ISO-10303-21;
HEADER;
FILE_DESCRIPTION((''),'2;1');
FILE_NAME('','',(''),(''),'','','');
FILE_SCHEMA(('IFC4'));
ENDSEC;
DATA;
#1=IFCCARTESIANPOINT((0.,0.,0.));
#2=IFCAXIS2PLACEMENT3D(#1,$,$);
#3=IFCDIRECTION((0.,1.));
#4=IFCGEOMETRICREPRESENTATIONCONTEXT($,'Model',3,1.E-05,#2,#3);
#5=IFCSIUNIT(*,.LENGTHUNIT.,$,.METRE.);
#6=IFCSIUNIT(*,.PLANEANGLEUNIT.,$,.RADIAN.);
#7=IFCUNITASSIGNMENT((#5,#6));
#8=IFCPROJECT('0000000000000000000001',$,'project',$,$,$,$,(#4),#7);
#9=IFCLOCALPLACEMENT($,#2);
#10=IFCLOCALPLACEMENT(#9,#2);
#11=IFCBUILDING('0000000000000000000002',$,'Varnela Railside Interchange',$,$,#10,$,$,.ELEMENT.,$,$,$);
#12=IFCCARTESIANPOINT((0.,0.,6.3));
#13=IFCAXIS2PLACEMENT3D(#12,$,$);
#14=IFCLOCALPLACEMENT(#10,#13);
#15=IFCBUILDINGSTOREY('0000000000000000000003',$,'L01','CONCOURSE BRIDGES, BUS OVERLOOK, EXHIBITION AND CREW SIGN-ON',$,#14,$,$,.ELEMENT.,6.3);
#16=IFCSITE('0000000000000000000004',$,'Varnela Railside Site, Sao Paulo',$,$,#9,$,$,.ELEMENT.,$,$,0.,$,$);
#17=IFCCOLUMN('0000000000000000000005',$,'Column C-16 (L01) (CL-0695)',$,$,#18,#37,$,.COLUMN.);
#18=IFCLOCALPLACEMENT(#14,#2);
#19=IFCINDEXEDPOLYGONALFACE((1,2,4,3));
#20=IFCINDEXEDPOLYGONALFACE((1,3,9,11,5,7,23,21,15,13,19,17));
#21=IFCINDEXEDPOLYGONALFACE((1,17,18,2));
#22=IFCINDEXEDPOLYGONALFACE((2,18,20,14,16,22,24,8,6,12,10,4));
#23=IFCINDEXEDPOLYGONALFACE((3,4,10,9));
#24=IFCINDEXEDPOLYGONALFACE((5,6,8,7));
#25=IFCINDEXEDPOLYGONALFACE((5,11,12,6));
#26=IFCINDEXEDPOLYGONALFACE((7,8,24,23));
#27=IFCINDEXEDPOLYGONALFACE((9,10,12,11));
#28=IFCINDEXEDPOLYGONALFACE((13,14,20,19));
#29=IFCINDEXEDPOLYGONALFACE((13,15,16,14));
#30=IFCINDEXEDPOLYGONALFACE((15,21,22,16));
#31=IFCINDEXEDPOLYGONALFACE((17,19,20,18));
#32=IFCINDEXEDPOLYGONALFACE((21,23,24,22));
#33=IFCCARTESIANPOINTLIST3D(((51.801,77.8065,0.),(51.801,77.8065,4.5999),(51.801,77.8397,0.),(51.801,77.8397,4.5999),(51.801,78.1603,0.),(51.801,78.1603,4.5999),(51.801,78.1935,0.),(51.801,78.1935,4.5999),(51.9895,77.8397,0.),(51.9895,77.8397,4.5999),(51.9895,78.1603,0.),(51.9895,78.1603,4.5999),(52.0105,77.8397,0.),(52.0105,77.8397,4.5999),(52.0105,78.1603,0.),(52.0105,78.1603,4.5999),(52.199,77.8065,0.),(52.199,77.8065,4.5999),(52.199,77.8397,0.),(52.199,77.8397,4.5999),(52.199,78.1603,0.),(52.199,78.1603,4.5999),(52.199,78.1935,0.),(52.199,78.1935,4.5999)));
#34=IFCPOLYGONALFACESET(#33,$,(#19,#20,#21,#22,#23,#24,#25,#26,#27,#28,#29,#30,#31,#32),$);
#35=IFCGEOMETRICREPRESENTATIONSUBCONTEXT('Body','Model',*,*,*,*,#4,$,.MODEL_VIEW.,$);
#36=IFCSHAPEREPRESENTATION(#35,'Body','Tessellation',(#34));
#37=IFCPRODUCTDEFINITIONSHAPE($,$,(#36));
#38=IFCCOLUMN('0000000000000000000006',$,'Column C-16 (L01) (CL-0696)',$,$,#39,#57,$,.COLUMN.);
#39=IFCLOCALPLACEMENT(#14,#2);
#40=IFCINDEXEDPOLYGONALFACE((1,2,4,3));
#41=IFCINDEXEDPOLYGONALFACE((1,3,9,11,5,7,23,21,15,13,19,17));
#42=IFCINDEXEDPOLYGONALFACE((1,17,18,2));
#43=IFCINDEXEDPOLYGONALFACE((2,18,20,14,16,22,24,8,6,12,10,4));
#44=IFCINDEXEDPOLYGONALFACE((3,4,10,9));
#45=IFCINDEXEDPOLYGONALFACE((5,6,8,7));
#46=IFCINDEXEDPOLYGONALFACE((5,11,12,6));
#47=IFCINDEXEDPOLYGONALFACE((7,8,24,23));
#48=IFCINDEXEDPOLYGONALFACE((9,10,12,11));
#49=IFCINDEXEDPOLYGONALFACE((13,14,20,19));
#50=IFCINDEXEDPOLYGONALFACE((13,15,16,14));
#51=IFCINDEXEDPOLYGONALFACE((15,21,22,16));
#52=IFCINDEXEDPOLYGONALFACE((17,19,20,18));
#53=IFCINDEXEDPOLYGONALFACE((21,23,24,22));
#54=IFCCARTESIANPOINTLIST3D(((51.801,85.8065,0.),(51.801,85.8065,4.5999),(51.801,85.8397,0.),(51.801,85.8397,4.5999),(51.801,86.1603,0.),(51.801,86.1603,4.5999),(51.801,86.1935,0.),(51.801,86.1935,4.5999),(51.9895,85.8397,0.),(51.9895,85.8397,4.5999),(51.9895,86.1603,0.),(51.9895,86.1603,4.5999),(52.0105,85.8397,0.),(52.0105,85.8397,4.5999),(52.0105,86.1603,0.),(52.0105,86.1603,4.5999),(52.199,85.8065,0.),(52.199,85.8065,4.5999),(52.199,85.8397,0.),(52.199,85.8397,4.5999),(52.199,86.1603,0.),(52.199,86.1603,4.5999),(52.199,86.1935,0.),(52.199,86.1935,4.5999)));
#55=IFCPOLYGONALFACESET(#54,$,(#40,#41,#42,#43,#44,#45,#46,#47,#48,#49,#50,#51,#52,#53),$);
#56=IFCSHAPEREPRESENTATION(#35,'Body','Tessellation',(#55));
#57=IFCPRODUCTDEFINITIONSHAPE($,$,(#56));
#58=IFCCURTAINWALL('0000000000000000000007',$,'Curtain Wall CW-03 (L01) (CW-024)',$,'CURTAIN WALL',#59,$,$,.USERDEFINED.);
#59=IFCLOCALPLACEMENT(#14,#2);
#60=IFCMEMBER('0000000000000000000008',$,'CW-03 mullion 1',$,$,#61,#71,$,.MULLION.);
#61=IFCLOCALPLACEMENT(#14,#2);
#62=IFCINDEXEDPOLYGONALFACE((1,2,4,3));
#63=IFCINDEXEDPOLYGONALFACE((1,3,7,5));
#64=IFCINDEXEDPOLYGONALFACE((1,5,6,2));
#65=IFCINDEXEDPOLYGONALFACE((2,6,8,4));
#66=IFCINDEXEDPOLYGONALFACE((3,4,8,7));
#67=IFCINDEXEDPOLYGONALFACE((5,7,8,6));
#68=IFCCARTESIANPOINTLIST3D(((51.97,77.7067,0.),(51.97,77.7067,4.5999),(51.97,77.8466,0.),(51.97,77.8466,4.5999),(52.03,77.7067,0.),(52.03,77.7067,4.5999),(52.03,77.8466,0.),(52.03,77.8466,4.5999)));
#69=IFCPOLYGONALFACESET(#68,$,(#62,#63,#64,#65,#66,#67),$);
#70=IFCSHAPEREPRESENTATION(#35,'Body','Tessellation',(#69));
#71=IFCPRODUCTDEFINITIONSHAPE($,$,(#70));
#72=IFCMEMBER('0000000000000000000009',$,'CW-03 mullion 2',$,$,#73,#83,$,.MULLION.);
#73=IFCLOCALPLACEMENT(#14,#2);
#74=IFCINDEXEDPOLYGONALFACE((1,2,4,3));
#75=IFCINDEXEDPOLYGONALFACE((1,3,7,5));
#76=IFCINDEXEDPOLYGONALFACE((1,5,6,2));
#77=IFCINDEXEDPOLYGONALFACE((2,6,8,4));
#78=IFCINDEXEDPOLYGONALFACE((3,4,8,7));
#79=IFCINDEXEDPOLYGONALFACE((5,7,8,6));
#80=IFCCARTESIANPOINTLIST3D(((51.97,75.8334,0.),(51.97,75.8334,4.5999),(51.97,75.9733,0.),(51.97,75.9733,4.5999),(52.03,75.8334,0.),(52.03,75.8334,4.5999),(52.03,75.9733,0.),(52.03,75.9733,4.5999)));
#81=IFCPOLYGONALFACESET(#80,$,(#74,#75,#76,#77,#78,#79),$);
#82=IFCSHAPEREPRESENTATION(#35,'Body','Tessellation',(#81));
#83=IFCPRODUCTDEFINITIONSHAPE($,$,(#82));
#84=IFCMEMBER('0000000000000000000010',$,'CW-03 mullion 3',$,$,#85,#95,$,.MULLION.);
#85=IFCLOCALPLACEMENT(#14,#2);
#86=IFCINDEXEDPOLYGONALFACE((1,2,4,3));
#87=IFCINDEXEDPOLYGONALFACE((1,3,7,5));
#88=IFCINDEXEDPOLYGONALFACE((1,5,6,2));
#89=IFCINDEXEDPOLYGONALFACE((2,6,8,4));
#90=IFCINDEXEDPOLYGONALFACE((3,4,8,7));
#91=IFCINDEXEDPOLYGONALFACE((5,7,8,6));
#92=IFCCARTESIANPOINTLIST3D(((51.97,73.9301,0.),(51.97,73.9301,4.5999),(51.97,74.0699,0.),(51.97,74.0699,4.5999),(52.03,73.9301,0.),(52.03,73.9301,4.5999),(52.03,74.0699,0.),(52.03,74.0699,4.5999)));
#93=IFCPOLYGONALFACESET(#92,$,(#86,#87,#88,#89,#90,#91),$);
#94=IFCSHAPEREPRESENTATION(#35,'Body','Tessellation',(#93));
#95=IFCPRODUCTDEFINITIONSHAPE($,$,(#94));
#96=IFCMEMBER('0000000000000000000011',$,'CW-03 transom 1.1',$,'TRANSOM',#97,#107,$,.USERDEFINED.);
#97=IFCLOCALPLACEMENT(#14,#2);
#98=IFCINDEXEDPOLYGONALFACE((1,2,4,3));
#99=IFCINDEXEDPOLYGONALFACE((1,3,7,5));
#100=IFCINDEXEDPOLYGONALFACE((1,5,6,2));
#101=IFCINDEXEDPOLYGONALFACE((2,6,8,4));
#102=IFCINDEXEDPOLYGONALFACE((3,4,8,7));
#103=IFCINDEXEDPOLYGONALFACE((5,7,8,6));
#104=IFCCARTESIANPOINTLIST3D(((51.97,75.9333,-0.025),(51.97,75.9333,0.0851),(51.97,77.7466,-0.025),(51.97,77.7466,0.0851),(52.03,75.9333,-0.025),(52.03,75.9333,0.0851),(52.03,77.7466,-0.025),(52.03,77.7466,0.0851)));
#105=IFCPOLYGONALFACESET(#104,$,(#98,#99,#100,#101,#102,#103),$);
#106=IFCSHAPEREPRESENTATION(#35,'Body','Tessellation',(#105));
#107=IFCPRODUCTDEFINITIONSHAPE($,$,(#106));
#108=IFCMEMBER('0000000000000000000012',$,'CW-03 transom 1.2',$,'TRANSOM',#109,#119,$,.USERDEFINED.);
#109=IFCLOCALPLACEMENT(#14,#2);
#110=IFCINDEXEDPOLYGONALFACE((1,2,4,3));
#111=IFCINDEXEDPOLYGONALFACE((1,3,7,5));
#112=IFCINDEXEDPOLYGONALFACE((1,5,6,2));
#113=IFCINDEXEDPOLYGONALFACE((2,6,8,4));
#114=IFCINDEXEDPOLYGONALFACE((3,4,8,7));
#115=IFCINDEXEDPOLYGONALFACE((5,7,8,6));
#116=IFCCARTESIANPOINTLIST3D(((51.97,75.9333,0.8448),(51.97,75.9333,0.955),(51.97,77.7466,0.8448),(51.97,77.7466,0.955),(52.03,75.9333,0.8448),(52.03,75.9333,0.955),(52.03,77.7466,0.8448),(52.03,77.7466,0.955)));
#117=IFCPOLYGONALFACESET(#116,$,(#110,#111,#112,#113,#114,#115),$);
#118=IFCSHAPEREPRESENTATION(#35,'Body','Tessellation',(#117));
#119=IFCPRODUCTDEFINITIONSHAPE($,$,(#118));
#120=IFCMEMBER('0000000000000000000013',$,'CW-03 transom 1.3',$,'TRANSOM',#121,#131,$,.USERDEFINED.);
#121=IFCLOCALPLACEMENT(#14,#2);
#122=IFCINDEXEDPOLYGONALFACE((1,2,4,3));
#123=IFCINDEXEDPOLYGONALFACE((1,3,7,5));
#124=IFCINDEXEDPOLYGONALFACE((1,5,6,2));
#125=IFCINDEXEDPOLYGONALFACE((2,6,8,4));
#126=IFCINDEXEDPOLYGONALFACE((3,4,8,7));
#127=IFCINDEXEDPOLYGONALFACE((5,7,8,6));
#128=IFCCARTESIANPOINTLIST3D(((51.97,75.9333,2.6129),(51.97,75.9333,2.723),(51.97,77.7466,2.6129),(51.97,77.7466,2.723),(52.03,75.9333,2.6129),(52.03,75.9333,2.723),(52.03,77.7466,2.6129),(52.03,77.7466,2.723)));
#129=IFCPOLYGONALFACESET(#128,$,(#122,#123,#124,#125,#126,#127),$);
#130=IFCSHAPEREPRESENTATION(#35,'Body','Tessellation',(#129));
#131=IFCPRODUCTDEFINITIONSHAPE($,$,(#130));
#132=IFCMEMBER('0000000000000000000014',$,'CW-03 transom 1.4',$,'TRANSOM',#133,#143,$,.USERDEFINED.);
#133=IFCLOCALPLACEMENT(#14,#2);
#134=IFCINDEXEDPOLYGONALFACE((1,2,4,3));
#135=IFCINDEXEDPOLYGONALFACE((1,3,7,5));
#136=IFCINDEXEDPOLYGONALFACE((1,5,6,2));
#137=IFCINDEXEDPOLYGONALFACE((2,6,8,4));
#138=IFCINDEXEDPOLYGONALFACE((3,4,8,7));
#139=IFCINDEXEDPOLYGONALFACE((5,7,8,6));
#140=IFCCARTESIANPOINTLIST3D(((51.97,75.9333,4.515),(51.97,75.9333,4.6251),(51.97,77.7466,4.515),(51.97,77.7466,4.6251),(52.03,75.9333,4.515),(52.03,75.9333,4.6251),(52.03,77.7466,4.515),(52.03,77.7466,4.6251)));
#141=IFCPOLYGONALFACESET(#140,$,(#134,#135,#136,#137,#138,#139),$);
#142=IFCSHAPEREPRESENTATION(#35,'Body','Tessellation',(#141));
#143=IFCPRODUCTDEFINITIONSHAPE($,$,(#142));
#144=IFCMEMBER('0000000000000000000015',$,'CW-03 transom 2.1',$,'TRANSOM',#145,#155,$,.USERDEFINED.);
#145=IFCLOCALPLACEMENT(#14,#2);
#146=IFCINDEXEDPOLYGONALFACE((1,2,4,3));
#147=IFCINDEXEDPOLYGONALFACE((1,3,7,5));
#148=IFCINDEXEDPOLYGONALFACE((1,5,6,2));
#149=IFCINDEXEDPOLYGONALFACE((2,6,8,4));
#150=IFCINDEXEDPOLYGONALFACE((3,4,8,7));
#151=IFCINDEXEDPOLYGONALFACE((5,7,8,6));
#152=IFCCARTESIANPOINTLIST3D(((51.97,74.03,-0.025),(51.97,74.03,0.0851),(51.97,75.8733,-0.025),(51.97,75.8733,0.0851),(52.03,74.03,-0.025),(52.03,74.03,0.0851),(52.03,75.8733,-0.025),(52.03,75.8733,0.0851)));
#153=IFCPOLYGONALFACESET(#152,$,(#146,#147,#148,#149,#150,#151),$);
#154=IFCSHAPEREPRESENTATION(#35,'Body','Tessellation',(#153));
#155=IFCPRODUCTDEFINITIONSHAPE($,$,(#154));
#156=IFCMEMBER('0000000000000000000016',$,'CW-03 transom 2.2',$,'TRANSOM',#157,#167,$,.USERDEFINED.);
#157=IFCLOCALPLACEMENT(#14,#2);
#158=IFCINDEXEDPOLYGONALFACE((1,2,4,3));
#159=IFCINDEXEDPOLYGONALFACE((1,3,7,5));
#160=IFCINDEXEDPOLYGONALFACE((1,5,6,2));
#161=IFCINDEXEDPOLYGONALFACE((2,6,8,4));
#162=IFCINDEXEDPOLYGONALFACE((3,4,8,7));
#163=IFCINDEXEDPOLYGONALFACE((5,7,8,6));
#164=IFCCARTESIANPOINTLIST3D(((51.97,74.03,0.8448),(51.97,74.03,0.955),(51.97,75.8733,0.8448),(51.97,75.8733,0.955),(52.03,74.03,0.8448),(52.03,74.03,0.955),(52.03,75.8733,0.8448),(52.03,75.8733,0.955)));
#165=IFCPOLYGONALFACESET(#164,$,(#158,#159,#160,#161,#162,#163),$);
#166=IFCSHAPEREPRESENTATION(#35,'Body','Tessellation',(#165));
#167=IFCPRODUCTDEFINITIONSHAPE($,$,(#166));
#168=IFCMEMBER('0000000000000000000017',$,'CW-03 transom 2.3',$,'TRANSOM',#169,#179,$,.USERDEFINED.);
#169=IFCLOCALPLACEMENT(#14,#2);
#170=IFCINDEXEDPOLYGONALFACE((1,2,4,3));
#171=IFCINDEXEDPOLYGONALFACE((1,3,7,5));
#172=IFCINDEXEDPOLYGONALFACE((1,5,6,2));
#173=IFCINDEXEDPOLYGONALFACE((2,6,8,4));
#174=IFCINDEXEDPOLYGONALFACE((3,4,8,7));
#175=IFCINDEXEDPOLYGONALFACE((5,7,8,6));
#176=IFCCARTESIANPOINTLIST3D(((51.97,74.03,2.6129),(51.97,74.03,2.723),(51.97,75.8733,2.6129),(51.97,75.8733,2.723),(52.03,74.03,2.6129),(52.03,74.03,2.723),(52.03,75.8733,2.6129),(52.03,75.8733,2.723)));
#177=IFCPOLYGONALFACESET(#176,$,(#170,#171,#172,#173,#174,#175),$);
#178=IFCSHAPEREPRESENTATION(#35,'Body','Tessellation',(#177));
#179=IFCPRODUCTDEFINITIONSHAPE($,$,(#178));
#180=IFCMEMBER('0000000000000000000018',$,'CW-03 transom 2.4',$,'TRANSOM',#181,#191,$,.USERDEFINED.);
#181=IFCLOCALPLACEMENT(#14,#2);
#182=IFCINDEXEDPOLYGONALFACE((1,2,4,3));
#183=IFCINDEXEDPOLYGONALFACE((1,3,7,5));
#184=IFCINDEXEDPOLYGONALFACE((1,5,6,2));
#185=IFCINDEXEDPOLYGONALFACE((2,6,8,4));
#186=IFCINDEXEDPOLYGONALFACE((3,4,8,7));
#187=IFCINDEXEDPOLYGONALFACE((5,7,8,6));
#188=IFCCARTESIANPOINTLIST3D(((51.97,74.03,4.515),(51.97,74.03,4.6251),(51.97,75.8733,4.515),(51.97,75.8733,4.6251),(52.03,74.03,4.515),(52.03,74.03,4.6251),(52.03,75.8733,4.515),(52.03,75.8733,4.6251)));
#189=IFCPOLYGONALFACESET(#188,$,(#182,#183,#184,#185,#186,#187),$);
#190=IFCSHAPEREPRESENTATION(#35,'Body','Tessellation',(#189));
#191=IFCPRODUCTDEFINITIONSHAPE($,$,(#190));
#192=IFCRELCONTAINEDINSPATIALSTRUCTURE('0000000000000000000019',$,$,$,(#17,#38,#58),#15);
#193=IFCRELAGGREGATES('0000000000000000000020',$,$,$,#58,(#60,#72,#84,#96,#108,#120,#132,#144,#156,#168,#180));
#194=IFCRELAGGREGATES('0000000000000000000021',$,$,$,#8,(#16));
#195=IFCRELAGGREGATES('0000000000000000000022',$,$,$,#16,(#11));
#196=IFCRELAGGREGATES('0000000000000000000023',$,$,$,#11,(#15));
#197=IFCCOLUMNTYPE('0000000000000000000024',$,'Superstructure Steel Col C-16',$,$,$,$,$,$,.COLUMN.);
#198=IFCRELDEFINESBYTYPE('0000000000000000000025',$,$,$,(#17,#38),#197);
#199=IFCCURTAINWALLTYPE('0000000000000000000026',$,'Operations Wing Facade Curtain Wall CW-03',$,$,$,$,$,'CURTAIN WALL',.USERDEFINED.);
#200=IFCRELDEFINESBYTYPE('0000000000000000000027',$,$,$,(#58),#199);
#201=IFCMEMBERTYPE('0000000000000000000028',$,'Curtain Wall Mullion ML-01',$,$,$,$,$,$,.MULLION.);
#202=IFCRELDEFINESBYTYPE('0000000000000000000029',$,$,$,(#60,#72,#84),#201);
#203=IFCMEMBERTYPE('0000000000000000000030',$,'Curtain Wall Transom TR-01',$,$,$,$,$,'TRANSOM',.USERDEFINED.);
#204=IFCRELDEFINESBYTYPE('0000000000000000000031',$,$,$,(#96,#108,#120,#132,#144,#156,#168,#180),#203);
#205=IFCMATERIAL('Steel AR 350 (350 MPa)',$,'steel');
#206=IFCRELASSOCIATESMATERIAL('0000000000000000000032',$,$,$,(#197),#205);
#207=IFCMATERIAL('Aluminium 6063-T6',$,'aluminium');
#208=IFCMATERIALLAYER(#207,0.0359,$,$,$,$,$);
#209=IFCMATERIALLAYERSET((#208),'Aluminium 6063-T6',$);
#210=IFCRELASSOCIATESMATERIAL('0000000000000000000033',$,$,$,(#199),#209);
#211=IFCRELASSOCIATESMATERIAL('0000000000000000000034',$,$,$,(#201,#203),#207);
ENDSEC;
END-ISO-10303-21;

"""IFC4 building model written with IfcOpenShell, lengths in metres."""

from ifc_helpers import new_model, si_unit, direction, frame, origin, origin_2d, place, context, subcontext, project, spatial, rectangle, i_section, extrude, material, layer, layer_set, material_profile, profile_set, type_object, element, aggregate, save


model = new_model("IFC4")

# Units and contexts
model_context = context("Model", 3, precision=1e-05, world=origin(), true_north=direction((0.0, 1.0)))
body_context = subcontext(model_context, "Body", "Model", "MODEL_VIEW")
ifc_project = project(units=[si_unit("LENGTHUNIT", "METRE"), si_unit("PLANEANGLEUNIT", "RADIAN")], contexts=[model_context])

# Site, building, storey
site_placement = place(None, origin())
site = spatial("IfcSite", under=ifc_project, at=site_placement, Name="Varnela Railside Site, Sao Paulo", CompositionType="ELEMENT", RefElevation=0.0)
building_placement = place(site_placement, origin())
building = spatial("IfcBuilding", under=site, at=building_placement, Name="Varnela Railside Interchange", CompositionType="ELEMENT")
storey_placement = place(building_placement, frame((0.0, 0.0, 6.3)))
storey = spatial("IfcBuildingStorey", under=building, at=storey_placement, Name="L01", Description="CONCOURSE BRIDGES, BUS OVERLOOK, EXHIBITION AND CREW SIGN-ON", CompositionType="ELEMENT", Elevation=6.3)

# Columns
ifc_material_1 = material(Name="Steel AR 350 (350 MPa)", Category="steel")
ifc_material_profile_1 = material_profile(ifc_material_1, i_section(OverallWidth=0.3979, OverallDepth=0.387, WebThickness=0.021, FlangeThickness=0.0332, at=origin_2d()), Name="W360x262")
ifc_profile_set_1 = profile_set([ifc_material_profile_1], Name="Steel AR 350 (350 MPa)")
column_type = type_object("IfcColumnType", Name="Superstructure Steel Col C-16", PredefinedType="COLUMN", material=ifc_profile_set_1)
for number, where, z_axis, x_axis, name in (
    (1, (52.0, 78.0, 0.0), (0.0, 0.0, 1.0), (1.0, 0.0, 0.0), "Column C-16 (L01) (CL-0695)"),
    (2, (52.0, 86.0, 0.0), (0.0, 0.0, 1.0), (1.0, 0.0, 0.0), "Column C-16 (L01) (CL-0696)"),
):
    element("IfcColumn", number, at=place(storey_placement, frame(where, z_axis=z_axis, x_axis=x_axis)), inside=storey, type_object=column_type, Name=name, PredefinedType="COLUMN", context=body_context, shape_type="SweptSolid", body=[
        extrude(i_section(OverallWidth=0.3979, OverallDepth=0.387, WebThickness=0.021, FlangeThickness=0.0332, at=origin_2d()), origin(), (0.0, 0.0, 1.0), 4.5999),
    ])

# Curtain wall, members
ifc_material_2 = material(Name="Aluminium 6063-T6", Category="aluminium")
ifc_layer_1 = layer(ifc_material_2, 0.0359)
ifc_layer_set_1 = layer_set([ifc_layer_1], Name="Aluminium 6063-T6")
curtain_wall_type = type_object("IfcCurtainWallType", Name="Operations Wing Facade Curtain Wall CW-03", ElementType="CURTAIN WALL", PredefinedType="USERDEFINED", material=ifc_layer_set_1)
curtain_wall_placement = place(storey_placement, origin())
curtain_wall = element("IfcCurtainWall", 3, at=curtain_wall_placement, inside=storey, type_object=curtain_wall_type, Name="Curtain Wall CW-03 (L01) (CW-024)", ObjectType="CURTAIN WALL", PredefinedType="USERDEFINED")
ifc_material_profile_2 = material_profile(ifc_material_2, rectangle(XDim=0.0601, YDim=0.1399, at=origin_2d()), Name="ALU 60x140")
ifc_profile_set_2 = profile_set([ifc_material_profile_2], Name="Aluminium 6063-T6")
member_type_1 = type_object("IfcMemberType", Name="Curtain Wall Mullion ML-01", PredefinedType="MULLION", material=ifc_profile_set_2)
member_1_placement = place(storey_placement, frame((52.0, 77.7766, 0.0), z_axis=(0.0, 0.0, 1.0), x_axis=(1.0, 0.0, 0.0)))
member_1 = element("IfcMember", 4, at=member_1_placement, type_object=member_type_1, Name="CW-03 mullion 1", PredefinedType="MULLION", context=body_context, shape_type="SweptSolid", body=[
    extrude(rectangle(XDim=0.0601, YDim=0.1399, at=origin_2d()), origin(), (0.0, 0.0, 1.0), 4.5999),
])
member_2_placement = place(storey_placement, frame((52.0, 75.9033, 0.0), z_axis=(0.0, 0.0, 1.0), x_axis=(1.0, 0.0, 0.0)))
member_2 = element("IfcMember", 5, at=member_2_placement, type_object=member_type_1, Name="CW-03 mullion 2", PredefinedType="MULLION", context=body_context, shape_type="SweptSolid", body=[
    extrude(rectangle(XDim=0.0601, YDim=0.1399, at=origin_2d()), origin(), (0.0, 0.0, 1.0), 4.5999),
])
member_3_placement = place(storey_placement, frame((52.0, 74.0, 0.0), z_axis=(0.0, 0.0, 1.0), x_axis=(1.0, 0.0, 0.0)))
member_3 = element("IfcMember", 6, at=member_3_placement, type_object=member_type_1, Name="CW-03 mullion 3", PredefinedType="MULLION", context=body_context, shape_type="SweptSolid", body=[
    extrude(rectangle(XDim=0.0601, YDim=0.1399, at=origin_2d()), origin(), (0.0, 0.0, 1.0), 4.5999),
])
ifc_material_profile_3 = material_profile(ifc_material_2, rectangle(XDim=0.0601, YDim=0.1101, at=origin_2d()), Name="ALU 60x110")
ifc_profile_set_3 = profile_set([ifc_material_profile_3], Name="Aluminium 6063-T6")
member_type_2 = type_object("IfcMemberType", Name="Curtain Wall Transom TR-01", ElementType="TRANSOM", PredefinedType="USERDEFINED", material=ifc_profile_set_3)
member_4_placement = place(storey_placement, frame((52.0, 77.7466, 0.03), z_axis=(0.0, -1.0, 0.0), x_axis=(1.0, 0.0, 0.0)))
member_4 = element("IfcMember", 7, at=member_4_placement, type_object=member_type_2, Name="CW-03 transom 1.1", ObjectType="TRANSOM", PredefinedType="USERDEFINED", context=body_context, shape_type="SweptSolid", body=[
    extrude(rectangle(XDim=0.0601, YDim=0.1101, at=origin_2d()), origin(), (0.0, 0.0, 1.0), 1.8132),
])
member_5_placement = place(storey_placement, frame((52.0, 77.7466, 0.8999), z_axis=(0.0, -1.0, 0.0), x_axis=(1.0, 0.0, 0.0)))
member_5 = element("IfcMember", 8, at=member_5_placement, type_object=member_type_2, Name="CW-03 transom 1.2", ObjectType="TRANSOM", PredefinedType="USERDEFINED", context=body_context, shape_type="SweptSolid", body=[
    extrude(rectangle(XDim=0.0601, YDim=0.1101, at=origin_2d()), origin(), (0.0, 0.0, 1.0), 1.8132),
])
member_6_placement = place(storey_placement, frame((52.0, 77.7466, 2.668), z_axis=(0.0, -1.0, 0.0), x_axis=(1.0, 0.0, 0.0)))
member_6 = element("IfcMember", 9, at=member_6_placement, type_object=member_type_2, Name="CW-03 transom 1.3", ObjectType="TRANSOM", PredefinedType="USERDEFINED", context=body_context, shape_type="SweptSolid", body=[
    extrude(rectangle(XDim=0.0601, YDim=0.1101, at=origin_2d()), origin(), (0.0, 0.0, 1.0), 1.8132),
])
member_7_placement = place(storey_placement, frame((52.0, 77.7466, 4.5701), z_axis=(0.0, -1.0, 0.0), x_axis=(1.0, 0.0, 0.0)))
member_7 = element("IfcMember", 10, at=member_7_placement, type_object=member_type_2, Name="CW-03 transom 1.4", ObjectType="TRANSOM", PredefinedType="USERDEFINED", context=body_context, shape_type="SweptSolid", body=[
    extrude(rectangle(XDim=0.0601, YDim=0.1101, at=origin_2d()), origin(), (0.0, 0.0, 1.0), 1.8132),
])
member_8_placement = place(storey_placement, frame((52.0, 75.8733, 0.03), z_axis=(0.0, -1.0, 0.0), x_axis=(1.0, 0.0, 0.0)))
member_8 = element("IfcMember", 11, at=member_8_placement, type_object=member_type_2, Name="CW-03 transom 2.1", ObjectType="TRANSOM", PredefinedType="USERDEFINED", context=body_context, shape_type="SweptSolid", body=[
    extrude(rectangle(XDim=0.0601, YDim=0.1101, at=origin_2d()), origin(), (0.0, 0.0, 1.0), 1.8433),
])
member_9_placement = place(storey_placement, frame((52.0, 75.8733, 0.8999), z_axis=(0.0, -1.0, 0.0), x_axis=(1.0, 0.0, 0.0)))
member_9 = element("IfcMember", 12, at=member_9_placement, type_object=member_type_2, Name="CW-03 transom 2.2", ObjectType="TRANSOM", PredefinedType="USERDEFINED", context=body_context, shape_type="SweptSolid", body=[
    extrude(rectangle(XDim=0.0601, YDim=0.1101, at=origin_2d()), origin(), (0.0, 0.0, 1.0), 1.8433),
])
member_10_placement = place(storey_placement, frame((52.0, 75.8733, 2.668), z_axis=(0.0, -1.0, 0.0), x_axis=(1.0, 0.0, 0.0)))
member_10 = element("IfcMember", 13, at=member_10_placement, type_object=member_type_2, Name="CW-03 transom 2.3", ObjectType="TRANSOM", PredefinedType="USERDEFINED", context=body_context, shape_type="SweptSolid", body=[
    extrude(rectangle(XDim=0.0601, YDim=0.1101, at=origin_2d()), origin(), (0.0, 0.0, 1.0), 1.8433),
])
member_11_placement = place(storey_placement, frame((52.0, 75.8733, 4.5701), z_axis=(0.0, -1.0, 0.0), x_axis=(1.0, 0.0, 0.0)))
member_11 = element("IfcMember", 14, at=member_11_placement, type_object=member_type_2, Name="CW-03 transom 2.4", ObjectType="TRANSOM", PredefinedType="USERDEFINED", context=body_context, shape_type="SweptSolid", body=[
    extrude(rectangle(XDim=0.0601, YDim=0.1101, at=origin_2d()), origin(), (0.0, 0.0, 1.0), 1.8433),
])

aggregate(curtain_wall, [member_1, member_2, member_3, member_4, member_5, member_6, member_7, member_8, member_9, member_10, member_11])

save(model, "model.ifc")
